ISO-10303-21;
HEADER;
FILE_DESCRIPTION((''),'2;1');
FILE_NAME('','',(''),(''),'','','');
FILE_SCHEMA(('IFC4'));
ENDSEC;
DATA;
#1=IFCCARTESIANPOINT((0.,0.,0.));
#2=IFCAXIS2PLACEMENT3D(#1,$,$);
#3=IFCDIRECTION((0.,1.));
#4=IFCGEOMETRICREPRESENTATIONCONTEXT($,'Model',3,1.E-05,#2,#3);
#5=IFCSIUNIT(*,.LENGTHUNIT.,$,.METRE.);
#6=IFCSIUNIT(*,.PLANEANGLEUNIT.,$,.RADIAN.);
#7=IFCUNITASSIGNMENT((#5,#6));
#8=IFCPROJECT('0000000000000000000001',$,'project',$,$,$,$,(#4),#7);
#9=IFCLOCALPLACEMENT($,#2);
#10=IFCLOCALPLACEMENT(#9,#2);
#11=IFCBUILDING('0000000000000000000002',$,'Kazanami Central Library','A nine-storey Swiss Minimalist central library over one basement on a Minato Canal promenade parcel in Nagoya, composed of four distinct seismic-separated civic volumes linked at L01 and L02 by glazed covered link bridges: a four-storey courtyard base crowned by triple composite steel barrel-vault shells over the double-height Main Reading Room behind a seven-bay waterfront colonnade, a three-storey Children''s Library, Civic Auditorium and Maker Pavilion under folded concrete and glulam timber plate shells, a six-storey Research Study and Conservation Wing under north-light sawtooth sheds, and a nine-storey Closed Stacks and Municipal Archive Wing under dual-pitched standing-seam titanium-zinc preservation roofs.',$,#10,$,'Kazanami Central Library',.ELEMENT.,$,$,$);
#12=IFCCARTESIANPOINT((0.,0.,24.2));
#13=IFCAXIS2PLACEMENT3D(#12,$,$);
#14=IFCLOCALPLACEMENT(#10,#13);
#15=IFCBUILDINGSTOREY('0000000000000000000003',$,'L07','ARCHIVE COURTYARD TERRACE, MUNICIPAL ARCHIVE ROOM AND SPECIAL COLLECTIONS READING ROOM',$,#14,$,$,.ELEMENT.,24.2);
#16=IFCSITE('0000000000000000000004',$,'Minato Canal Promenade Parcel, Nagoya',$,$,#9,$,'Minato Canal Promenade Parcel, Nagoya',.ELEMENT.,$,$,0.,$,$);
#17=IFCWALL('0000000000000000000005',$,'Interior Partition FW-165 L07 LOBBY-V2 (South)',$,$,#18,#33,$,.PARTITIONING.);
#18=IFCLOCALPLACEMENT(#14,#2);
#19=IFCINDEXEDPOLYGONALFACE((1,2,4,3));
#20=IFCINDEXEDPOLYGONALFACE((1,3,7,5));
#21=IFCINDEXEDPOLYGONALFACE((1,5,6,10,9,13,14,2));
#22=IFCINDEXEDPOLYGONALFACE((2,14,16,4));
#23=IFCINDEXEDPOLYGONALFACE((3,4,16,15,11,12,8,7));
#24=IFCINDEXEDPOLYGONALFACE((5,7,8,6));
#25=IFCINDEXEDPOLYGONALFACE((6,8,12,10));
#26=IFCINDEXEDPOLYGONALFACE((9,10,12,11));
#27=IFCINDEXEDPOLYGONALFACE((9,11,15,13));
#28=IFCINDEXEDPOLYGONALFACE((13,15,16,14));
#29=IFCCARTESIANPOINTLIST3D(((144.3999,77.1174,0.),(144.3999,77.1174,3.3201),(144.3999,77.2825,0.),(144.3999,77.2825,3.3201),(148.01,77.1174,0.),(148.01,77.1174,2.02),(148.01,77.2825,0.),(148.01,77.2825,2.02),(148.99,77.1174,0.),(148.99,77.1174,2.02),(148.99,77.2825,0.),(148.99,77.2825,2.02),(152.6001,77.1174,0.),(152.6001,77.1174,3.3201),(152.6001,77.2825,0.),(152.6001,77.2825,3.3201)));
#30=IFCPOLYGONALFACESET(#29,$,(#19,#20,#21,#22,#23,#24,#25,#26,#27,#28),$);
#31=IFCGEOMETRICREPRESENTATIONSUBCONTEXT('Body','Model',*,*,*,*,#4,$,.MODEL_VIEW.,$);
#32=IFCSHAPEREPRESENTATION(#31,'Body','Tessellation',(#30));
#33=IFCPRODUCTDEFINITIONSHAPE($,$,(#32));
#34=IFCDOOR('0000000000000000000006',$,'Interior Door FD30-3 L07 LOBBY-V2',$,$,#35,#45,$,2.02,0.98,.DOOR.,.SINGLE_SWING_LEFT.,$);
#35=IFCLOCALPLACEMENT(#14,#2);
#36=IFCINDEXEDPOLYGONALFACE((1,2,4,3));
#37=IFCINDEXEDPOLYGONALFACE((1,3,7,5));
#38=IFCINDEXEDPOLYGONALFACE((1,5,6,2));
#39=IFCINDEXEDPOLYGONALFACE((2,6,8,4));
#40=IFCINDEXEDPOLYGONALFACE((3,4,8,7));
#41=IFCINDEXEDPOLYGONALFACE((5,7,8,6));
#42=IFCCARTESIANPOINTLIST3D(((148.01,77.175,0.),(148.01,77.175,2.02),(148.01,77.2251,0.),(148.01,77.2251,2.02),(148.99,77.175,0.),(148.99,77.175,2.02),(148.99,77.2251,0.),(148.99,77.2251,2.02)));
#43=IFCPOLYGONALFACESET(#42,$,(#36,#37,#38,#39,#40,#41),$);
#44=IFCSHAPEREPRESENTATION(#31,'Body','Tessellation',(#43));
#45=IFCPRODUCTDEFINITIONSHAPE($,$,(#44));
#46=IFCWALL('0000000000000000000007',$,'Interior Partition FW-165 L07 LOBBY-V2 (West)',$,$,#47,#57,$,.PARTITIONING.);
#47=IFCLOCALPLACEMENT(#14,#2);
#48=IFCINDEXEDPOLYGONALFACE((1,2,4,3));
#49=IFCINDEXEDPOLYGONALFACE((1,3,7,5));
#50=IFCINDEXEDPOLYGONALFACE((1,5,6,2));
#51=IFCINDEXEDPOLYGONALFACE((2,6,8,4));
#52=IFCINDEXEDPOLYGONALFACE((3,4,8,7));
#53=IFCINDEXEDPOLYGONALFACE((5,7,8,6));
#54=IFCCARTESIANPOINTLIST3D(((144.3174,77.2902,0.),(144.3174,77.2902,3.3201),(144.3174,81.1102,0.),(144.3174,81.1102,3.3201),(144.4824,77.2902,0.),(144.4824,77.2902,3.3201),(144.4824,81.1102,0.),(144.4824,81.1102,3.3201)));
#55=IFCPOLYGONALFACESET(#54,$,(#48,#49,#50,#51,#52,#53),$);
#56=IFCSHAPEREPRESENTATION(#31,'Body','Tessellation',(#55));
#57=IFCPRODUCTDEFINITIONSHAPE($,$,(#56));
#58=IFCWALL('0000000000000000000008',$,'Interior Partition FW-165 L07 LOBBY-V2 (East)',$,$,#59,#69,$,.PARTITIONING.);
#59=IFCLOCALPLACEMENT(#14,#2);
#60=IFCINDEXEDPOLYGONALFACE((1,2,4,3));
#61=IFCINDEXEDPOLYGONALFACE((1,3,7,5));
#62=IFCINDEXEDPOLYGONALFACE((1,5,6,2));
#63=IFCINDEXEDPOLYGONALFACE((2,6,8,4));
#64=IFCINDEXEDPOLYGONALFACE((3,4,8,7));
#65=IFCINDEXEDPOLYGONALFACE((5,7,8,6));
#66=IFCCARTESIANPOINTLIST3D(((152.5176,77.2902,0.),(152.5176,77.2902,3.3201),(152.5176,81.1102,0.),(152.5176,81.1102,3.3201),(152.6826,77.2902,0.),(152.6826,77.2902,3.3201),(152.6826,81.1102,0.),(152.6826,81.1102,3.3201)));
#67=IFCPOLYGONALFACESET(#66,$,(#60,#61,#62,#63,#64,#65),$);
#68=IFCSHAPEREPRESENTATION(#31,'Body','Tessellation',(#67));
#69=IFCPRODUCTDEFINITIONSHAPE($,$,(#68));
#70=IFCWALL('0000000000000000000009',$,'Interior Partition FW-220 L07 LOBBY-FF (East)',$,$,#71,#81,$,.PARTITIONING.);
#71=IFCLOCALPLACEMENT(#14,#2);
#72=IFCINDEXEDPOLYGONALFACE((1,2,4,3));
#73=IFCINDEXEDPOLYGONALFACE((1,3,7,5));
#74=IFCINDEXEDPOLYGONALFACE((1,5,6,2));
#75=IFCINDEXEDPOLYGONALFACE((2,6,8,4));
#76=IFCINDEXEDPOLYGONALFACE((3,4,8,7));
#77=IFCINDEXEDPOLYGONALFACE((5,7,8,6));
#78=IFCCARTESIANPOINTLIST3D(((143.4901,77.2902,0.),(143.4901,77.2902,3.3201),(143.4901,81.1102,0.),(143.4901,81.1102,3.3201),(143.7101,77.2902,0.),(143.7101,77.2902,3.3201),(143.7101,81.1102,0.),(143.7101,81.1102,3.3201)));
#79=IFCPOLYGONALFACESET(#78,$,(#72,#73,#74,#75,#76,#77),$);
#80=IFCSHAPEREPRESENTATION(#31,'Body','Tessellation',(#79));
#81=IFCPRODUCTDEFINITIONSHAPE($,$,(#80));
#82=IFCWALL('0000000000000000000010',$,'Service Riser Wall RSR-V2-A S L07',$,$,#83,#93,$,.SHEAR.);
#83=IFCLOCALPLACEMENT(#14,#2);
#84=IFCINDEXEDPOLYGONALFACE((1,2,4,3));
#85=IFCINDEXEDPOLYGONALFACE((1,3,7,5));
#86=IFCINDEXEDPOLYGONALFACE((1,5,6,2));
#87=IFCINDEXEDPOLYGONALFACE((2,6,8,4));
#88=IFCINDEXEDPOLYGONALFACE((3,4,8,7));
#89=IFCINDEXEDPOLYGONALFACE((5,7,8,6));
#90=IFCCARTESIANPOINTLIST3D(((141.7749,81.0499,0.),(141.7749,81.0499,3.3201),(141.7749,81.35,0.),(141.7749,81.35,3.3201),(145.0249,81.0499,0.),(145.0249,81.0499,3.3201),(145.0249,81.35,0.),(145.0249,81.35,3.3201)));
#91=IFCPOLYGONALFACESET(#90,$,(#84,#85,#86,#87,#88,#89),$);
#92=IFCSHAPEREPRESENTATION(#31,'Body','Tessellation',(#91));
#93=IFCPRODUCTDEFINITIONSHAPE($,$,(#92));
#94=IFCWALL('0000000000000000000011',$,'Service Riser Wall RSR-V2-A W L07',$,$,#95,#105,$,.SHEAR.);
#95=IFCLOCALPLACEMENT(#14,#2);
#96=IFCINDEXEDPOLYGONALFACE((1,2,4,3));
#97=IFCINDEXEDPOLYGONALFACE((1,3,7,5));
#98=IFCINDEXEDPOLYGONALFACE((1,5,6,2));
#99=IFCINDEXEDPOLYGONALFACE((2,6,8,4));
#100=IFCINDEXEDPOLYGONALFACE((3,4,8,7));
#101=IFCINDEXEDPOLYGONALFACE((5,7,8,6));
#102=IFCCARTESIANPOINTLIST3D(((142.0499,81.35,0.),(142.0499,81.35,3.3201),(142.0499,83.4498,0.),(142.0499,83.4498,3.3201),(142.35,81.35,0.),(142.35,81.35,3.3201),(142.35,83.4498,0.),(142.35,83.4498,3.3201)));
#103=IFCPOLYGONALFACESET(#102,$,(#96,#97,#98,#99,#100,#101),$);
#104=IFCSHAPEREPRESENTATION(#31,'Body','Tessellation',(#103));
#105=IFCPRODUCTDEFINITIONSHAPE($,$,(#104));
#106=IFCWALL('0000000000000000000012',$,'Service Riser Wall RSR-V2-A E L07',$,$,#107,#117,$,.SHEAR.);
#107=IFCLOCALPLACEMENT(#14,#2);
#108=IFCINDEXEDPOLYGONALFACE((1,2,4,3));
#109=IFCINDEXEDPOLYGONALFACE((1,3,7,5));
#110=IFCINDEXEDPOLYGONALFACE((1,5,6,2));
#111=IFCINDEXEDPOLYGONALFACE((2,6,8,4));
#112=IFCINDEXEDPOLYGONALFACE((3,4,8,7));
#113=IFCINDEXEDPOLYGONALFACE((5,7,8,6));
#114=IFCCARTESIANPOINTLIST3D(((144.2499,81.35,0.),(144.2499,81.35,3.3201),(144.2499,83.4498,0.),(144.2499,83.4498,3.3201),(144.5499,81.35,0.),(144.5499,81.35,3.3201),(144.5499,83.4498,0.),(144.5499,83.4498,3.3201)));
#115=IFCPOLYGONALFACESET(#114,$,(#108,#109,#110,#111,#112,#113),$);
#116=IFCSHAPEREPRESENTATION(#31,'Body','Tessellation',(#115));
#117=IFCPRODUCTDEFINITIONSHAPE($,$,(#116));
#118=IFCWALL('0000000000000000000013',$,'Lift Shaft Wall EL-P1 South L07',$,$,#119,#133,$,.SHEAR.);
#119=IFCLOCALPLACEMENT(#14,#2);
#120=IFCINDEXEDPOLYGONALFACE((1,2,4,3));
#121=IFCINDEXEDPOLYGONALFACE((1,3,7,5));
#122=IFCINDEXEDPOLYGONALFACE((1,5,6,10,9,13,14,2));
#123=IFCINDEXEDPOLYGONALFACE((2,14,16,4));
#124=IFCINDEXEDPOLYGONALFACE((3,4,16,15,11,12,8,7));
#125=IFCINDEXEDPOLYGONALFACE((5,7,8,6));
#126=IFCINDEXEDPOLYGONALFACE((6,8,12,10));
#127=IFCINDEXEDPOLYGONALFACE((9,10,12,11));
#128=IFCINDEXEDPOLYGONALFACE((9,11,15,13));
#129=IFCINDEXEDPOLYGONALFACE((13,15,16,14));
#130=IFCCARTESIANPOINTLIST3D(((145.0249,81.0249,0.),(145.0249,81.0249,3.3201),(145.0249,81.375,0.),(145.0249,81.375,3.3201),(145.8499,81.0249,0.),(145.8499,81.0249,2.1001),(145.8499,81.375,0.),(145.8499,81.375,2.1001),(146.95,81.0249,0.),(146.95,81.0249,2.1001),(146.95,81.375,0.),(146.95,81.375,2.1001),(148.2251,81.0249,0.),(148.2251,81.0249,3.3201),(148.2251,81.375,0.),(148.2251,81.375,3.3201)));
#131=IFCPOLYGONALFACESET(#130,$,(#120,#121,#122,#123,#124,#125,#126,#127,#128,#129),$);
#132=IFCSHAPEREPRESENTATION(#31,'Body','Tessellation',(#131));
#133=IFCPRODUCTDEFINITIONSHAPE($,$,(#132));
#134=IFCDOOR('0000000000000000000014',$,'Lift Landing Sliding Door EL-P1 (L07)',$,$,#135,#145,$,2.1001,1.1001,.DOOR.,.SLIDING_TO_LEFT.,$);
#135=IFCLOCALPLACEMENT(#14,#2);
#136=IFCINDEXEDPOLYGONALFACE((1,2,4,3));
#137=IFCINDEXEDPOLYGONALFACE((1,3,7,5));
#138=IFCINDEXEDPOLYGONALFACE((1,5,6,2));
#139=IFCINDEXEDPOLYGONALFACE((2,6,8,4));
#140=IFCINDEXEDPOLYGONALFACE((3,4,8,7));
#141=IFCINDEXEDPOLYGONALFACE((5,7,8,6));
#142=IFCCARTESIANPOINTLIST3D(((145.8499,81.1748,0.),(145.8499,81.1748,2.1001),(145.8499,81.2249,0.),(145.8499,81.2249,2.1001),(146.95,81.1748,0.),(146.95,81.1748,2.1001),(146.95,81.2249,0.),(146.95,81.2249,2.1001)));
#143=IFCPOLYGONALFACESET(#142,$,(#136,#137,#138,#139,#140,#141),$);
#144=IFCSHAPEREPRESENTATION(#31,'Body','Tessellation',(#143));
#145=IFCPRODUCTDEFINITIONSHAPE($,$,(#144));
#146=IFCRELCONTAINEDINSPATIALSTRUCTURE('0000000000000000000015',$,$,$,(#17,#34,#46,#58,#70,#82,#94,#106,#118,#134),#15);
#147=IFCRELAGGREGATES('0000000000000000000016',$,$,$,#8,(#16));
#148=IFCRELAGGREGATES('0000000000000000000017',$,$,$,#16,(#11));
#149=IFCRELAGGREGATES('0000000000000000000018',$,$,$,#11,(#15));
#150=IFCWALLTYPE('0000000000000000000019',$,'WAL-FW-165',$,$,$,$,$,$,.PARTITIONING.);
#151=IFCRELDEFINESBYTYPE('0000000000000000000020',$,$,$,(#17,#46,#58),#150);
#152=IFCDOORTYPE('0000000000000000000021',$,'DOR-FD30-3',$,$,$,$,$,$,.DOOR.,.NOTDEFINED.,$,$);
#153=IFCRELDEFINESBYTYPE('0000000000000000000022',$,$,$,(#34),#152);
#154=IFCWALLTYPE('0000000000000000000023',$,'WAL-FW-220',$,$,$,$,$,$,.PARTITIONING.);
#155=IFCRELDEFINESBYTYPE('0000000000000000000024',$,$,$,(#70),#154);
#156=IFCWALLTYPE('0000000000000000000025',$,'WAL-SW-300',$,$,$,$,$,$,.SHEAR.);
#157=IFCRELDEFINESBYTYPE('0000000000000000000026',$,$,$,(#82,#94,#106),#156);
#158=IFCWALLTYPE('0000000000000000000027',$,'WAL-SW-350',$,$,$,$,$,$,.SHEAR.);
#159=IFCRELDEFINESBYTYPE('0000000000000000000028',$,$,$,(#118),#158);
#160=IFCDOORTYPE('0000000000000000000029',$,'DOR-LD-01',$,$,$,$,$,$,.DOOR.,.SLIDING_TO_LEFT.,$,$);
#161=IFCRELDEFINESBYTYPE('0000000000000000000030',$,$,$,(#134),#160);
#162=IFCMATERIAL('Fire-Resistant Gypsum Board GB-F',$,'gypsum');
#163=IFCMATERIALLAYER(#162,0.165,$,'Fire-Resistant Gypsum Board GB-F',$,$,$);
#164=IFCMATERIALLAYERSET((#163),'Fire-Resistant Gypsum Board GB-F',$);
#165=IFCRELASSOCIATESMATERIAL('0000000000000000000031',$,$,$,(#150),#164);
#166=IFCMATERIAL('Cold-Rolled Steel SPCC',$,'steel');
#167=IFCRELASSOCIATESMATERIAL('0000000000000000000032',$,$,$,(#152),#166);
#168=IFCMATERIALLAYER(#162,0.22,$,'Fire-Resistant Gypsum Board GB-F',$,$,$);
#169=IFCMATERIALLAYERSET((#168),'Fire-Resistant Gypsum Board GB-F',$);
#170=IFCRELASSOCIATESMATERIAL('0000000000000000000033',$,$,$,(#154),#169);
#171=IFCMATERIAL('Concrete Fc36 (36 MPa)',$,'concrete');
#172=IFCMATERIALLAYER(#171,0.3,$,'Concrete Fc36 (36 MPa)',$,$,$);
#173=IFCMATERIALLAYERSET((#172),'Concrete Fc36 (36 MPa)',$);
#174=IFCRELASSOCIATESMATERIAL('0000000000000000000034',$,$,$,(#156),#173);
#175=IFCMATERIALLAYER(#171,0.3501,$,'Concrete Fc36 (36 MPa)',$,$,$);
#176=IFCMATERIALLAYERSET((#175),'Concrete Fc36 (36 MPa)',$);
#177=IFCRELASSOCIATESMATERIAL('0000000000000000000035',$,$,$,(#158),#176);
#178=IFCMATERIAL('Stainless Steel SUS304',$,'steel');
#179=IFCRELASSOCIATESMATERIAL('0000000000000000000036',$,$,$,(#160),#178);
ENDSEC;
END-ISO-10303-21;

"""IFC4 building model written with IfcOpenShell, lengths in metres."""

from ifc_helpers import new_model, si_unit, direction, frame, frame_2d, origin, place, context, subcontext, project, spatial, rectangle, extrude, material, layer, layer_set, type_object, element, fill, save


model = new_model("IFC4")

# Units and contexts
model_context = context("Model", 3, precision=1e-05, world=origin(), true_north=direction((0.0, 1.0)))
body_context = subcontext(model_context, "Body", "Model", "MODEL_VIEW")
ifc_project = project(units=[si_unit("LENGTHUNIT", "METRE"), si_unit("PLANEANGLEUNIT", "RADIAN")], contexts=[model_context])

# Site, building, storey
site_placement = place(None, origin())
site = spatial("IfcSite", under=ifc_project, at=site_placement, Name="Minato Canal Promenade Parcel, Nagoya", LongName="Minato Canal Promenade Parcel, Nagoya", CompositionType="ELEMENT", RefElevation=0.0)
building_placement = place(site_placement, origin())
building = spatial("IfcBuilding", under=site, at=building_placement, Name="Kazanami Central Library", Description="A nine-storey Swiss Minimalist central library over one basement on a Minato Canal promenade parcel in Nagoya, composed of four distinct seismic-separated civic volumes linked at L01 and L02 by glazed covered link bridges: a four-storey courtyard base crowned by triple composite steel barrel-vault shells over the double-height Main Reading Room behind a seven-bay waterfront colonnade, a three-storey Children's Library, Civic Auditorium and Maker Pavilion under folded concrete and glulam timber plate shells, a six-storey Research Study and Conservation Wing under north-light sawtooth sheds, and a nine-storey Closed Stacks and Municipal Archive Wing under dual-pitched standing-seam titanium-zinc preservation roofs.", LongName="Kazanami Central Library", CompositionType="ELEMENT")
storey_placement = place(building_placement, frame((0.0, 0.0, 24.2)))
storey = spatial("IfcBuildingStorey", under=building, at=storey_placement, Name="L07", Description="ARCHIVE COURTYARD TERRACE, MUNICIPAL ARCHIVE ROOM AND SPECIAL COLLECTIONS READING ROOM", CompositionType="ELEMENT", Elevation=24.2)

# Wall, opening, door
ifc_material_1 = material(Name="Fire-Resistant Gypsum Board GB-F", Category="gypsum")
ifc_layer_1 = layer(ifc_material_1, 0.165, Name="Fire-Resistant Gypsum Board GB-F")
ifc_layer_set_1 = layer_set([ifc_layer_1], Name="Fire-Resistant Gypsum Board GB-F")
wall_type_1 = type_object("IfcWallType", Name="WAL-FW-165", PredefinedType="PARTITIONING", material=ifc_layer_set_1)
wall_1_placement = place(storey_placement, frame((144.3999, 77.2, 0.0), z_axis=(0.0, 0.0, 1.0), x_axis=(1.0, 0.0, 0.0)))
wall_1 = element("IfcWall", 1, at=wall_1_placement, inside=storey, type_object=wall_type_1, Name="Interior Partition FW-165 L07 LOBBY-V2 (South)", PredefinedType="PARTITIONING", context=body_context, shape_type="SweptSolid", body=[
    extrude(rectangle(XDim=8.2002, YDim=0.165, at=frame_2d((4.1001, 0.0))), origin(), (0.0, 0.0, 1.0), 3.3201),
])
opening_1_placement = place(wall_1_placement, frame((3.6101, 0.0, 0.0)))
opening_1 = element("IfcOpeningElement", 2, at=opening_1_placement, cuts=wall_1, PredefinedType="OPENING", context=body_context, shape_type="SweptSolid", body=[
    extrude(rectangle(XDim=0.98, YDim=2.02, at=frame_2d((0.49, 1.01))), frame((0.0, 0.0945, 0.0), z_axis=(0.0, -1.0, 0.0), x_axis=(1.0, 0.0, 0.0)), (0.0, 0.0, 1.0), 0.189),
])
ifc_material_2 = material(Name="Cold-Rolled Steel SPCC", Category="steel")
door_type_1 = type_object("IfcDoorType", Name="DOR-FD30-3", OperationType="NOTDEFINED", PredefinedType="DOOR", material=ifc_material_2)
door_1_placement = place(opening_1_placement, frame((0.98, 0.0, 0.0), z_axis=(0.0, 0.0, 1.0), x_axis=(-1.0, 0.0, 0.0)))
door_1 = element("IfcDoor", 3, at=door_1_placement, inside=storey, type_object=door_type_1, Name="Interior Door FD30-3 L07 LOBBY-V2", OperationType="SINGLE_SWING_LEFT", OverallHeight=2.02, OverallWidth=0.98, PredefinedType="DOOR", context=body_context, shape_type="SweptSolid", body=[
    extrude(rectangle(XDim=0.98, YDim=2.02, at=frame_2d((0.49, 1.01))), frame((0.0, 0.0249, 0.0), z_axis=(0.0, -1.0, 0.0), x_axis=(1.0, 0.0, 0.0)), (0.0, 0.0, 1.0), 0.05),
])
fill(opening_1, door_1)

# Walls
for number, where, z_axis, x_axis, name in (
    (4, (144.3999, 77.29, 0.0), (0.0, 0.0, 1.0), (0.0, 1.0, 0.0), "Interior Partition FW-165 L07 LOBBY-V2 (West)"),
    (5, (152.6001, 77.29, 0.0), (0.0, 0.0, 1.0), (0.0, 1.0, 0.0), "Interior Partition FW-165 L07 LOBBY-V2 (East)"),
):
    element("IfcWall", number, at=place(storey_placement, frame(where, z_axis=z_axis, x_axis=x_axis)), inside=storey, type_object=wall_type_1, Name=name, PredefinedType="PARTITIONING", context=body_context, shape_type="SweptSolid", body=[
        extrude(rectangle(XDim=3.8201, YDim=0.165, at=frame_2d((1.9102, 0.0))), origin(), (0.0, 0.0, 1.0), 3.3201),
    ])
ifc_layer_2 = layer(ifc_material_1, 0.22, Name="Fire-Resistant Gypsum Board GB-F")
ifc_layer_set_2 = layer_set([ifc_layer_2], Name="Fire-Resistant Gypsum Board GB-F")
wall_type_2 = type_object("IfcWallType", Name="WAL-FW-220", PredefinedType="PARTITIONING", material=ifc_layer_set_2)
wall_2_placement = place(storey_placement, frame((143.6001, 77.29, 0.0), z_axis=(0.0, 0.0, 1.0), x_axis=(0.0, 1.0, 0.0)))
element("IfcWall", 6, at=wall_2_placement, inside=storey, type_object=wall_type_2, Name="Interior Partition FW-220 L07 LOBBY-FF (East)", PredefinedType="PARTITIONING", context=body_context, shape_type="SweptSolid", body=[
    extrude(rectangle(XDim=3.8201, YDim=0.22, at=frame_2d((1.9102, 0.0))), origin(), (0.0, 0.0, 1.0), 3.3201),
])
ifc_material_3 = material(Name="Concrete Fc36 (36 MPa)", Category="concrete")
ifc_layer_3 = layer(ifc_material_3, 0.3, Name="Concrete Fc36 (36 MPa)")
ifc_layer_set_3 = layer_set([ifc_layer_3], Name="Concrete Fc36 (36 MPa)")
wall_type_3 = type_object("IfcWallType", Name="WAL-SW-300", PredefinedType="SHEAR", material=ifc_layer_set_3)
wall_3_placement = place(storey_placement, frame((141.7749, 81.2, 0.0), z_axis=(0.0, 0.0, 1.0), x_axis=(1.0, 0.0, 0.0)))
element("IfcWall", 7, at=wall_3_placement, inside=storey, type_object=wall_type_3, Name="Service Riser Wall RSR-V2-A S L07", PredefinedType="SHEAR", context=body_context, shape_type="SweptSolid", body=[
    extrude(rectangle(XDim=3.25, YDim=0.3, at=frame_2d((1.625, 0.0))), origin(), (0.0, 0.0, 1.0), 3.3201),
])
for number, where, z_axis, x_axis, name in (
    (8, (142.2, 81.3501, 0.0), (0.0, 0.0, 1.0), (0.0, 1.0, 0.0), "Service Riser Wall RSR-V2-A W L07"),
    (9, (144.3999, 81.3501, 0.0), (0.0, 0.0, 1.0), (0.0, 1.0, 0.0), "Service Riser Wall RSR-V2-A E L07"),
):
    element("IfcWall", number, at=place(storey_placement, frame(where, z_axis=z_axis, x_axis=x_axis)), inside=storey, type_object=wall_type_3, Name=name, PredefinedType="SHEAR", context=body_context, shape_type="SweptSolid", body=[
        extrude(rectangle(XDim=2.0999, YDim=0.3, at=frame_2d((1.0498, 0.0))), origin(), (0.0, 0.0, 1.0), 3.3201),
    ])

# Wall, opening, door
ifc_layer_4 = layer(ifc_material_3, 0.3501, Name="Concrete Fc36 (36 MPa)")
ifc_layer_set_4 = layer_set([ifc_layer_4], Name="Concrete Fc36 (36 MPa)")
wall_type_4 = type_object("IfcWallType", Name="WAL-SW-350", PredefinedType="SHEAR", material=ifc_layer_set_4)
wall_4_placement = place(storey_placement, frame((145.0249, 81.2, 0.0), z_axis=(0.0, 0.0, 1.0), x_axis=(1.0, 0.0, 0.0)))
wall_4 = element("IfcWall", 10, at=wall_4_placement, inside=storey, type_object=wall_type_4, Name="Lift Shaft Wall EL-P1 South L07", PredefinedType="SHEAR", context=body_context, shape_type="SweptSolid", body=[
    extrude(rectangle(XDim=3.2002, YDim=0.3501, at=frame_2d((1.6001, 0.0))), origin(), (0.0, 0.0, 1.0), 3.3201),
])
opening_2_placement = place(wall_4_placement, frame((0.825, 0.0, 0.0)))
opening_2 = element("IfcOpeningElement", 11, at=opening_2_placement, cuts=wall_4, PredefinedType="OPENING", context=body_context, shape_type="SweptSolid", body=[
    extrude(rectangle(XDim=1.1001, YDim=2.1001, at=frame_2d((0.55, 1.05))), frame((0.0, 0.187, 0.0), z_axis=(0.0, -1.0, 0.0), x_axis=(1.0, 0.0, 0.0)), (0.0, 0.0, 1.0), 0.374),
])
ifc_material_4 = material(Name="Stainless Steel SUS304", Category="steel")
door_type_2 = type_object("IfcDoorType", Name="DOR-LD-01", OperationType="SLIDING_TO_LEFT", PredefinedType="DOOR", material=ifc_material_4)
door_2_placement = place(opening_2_placement, origin())
door_2 = element("IfcDoor", 12, at=door_2_placement, inside=storey, type_object=door_type_2, Name="Lift Landing Sliding Door EL-P1 (L07)", OperationType="SLIDING_TO_LEFT", OverallHeight=2.1001, OverallWidth=1.1001, PredefinedType="DOOR", context=body_context, shape_type="SweptSolid", body=[
    extrude(rectangle(XDim=1.1001, YDim=2.1001, at=frame_2d((0.55, 1.05))), frame((0.0, 0.0249, 0.0), z_axis=(0.0, -1.0, 0.0), x_axis=(1.0, 0.0, 0.0)), (0.0, 0.0, 1.0), 0.05),
])
fill(opening_2, door_2)

save(model, "model.ifc")
